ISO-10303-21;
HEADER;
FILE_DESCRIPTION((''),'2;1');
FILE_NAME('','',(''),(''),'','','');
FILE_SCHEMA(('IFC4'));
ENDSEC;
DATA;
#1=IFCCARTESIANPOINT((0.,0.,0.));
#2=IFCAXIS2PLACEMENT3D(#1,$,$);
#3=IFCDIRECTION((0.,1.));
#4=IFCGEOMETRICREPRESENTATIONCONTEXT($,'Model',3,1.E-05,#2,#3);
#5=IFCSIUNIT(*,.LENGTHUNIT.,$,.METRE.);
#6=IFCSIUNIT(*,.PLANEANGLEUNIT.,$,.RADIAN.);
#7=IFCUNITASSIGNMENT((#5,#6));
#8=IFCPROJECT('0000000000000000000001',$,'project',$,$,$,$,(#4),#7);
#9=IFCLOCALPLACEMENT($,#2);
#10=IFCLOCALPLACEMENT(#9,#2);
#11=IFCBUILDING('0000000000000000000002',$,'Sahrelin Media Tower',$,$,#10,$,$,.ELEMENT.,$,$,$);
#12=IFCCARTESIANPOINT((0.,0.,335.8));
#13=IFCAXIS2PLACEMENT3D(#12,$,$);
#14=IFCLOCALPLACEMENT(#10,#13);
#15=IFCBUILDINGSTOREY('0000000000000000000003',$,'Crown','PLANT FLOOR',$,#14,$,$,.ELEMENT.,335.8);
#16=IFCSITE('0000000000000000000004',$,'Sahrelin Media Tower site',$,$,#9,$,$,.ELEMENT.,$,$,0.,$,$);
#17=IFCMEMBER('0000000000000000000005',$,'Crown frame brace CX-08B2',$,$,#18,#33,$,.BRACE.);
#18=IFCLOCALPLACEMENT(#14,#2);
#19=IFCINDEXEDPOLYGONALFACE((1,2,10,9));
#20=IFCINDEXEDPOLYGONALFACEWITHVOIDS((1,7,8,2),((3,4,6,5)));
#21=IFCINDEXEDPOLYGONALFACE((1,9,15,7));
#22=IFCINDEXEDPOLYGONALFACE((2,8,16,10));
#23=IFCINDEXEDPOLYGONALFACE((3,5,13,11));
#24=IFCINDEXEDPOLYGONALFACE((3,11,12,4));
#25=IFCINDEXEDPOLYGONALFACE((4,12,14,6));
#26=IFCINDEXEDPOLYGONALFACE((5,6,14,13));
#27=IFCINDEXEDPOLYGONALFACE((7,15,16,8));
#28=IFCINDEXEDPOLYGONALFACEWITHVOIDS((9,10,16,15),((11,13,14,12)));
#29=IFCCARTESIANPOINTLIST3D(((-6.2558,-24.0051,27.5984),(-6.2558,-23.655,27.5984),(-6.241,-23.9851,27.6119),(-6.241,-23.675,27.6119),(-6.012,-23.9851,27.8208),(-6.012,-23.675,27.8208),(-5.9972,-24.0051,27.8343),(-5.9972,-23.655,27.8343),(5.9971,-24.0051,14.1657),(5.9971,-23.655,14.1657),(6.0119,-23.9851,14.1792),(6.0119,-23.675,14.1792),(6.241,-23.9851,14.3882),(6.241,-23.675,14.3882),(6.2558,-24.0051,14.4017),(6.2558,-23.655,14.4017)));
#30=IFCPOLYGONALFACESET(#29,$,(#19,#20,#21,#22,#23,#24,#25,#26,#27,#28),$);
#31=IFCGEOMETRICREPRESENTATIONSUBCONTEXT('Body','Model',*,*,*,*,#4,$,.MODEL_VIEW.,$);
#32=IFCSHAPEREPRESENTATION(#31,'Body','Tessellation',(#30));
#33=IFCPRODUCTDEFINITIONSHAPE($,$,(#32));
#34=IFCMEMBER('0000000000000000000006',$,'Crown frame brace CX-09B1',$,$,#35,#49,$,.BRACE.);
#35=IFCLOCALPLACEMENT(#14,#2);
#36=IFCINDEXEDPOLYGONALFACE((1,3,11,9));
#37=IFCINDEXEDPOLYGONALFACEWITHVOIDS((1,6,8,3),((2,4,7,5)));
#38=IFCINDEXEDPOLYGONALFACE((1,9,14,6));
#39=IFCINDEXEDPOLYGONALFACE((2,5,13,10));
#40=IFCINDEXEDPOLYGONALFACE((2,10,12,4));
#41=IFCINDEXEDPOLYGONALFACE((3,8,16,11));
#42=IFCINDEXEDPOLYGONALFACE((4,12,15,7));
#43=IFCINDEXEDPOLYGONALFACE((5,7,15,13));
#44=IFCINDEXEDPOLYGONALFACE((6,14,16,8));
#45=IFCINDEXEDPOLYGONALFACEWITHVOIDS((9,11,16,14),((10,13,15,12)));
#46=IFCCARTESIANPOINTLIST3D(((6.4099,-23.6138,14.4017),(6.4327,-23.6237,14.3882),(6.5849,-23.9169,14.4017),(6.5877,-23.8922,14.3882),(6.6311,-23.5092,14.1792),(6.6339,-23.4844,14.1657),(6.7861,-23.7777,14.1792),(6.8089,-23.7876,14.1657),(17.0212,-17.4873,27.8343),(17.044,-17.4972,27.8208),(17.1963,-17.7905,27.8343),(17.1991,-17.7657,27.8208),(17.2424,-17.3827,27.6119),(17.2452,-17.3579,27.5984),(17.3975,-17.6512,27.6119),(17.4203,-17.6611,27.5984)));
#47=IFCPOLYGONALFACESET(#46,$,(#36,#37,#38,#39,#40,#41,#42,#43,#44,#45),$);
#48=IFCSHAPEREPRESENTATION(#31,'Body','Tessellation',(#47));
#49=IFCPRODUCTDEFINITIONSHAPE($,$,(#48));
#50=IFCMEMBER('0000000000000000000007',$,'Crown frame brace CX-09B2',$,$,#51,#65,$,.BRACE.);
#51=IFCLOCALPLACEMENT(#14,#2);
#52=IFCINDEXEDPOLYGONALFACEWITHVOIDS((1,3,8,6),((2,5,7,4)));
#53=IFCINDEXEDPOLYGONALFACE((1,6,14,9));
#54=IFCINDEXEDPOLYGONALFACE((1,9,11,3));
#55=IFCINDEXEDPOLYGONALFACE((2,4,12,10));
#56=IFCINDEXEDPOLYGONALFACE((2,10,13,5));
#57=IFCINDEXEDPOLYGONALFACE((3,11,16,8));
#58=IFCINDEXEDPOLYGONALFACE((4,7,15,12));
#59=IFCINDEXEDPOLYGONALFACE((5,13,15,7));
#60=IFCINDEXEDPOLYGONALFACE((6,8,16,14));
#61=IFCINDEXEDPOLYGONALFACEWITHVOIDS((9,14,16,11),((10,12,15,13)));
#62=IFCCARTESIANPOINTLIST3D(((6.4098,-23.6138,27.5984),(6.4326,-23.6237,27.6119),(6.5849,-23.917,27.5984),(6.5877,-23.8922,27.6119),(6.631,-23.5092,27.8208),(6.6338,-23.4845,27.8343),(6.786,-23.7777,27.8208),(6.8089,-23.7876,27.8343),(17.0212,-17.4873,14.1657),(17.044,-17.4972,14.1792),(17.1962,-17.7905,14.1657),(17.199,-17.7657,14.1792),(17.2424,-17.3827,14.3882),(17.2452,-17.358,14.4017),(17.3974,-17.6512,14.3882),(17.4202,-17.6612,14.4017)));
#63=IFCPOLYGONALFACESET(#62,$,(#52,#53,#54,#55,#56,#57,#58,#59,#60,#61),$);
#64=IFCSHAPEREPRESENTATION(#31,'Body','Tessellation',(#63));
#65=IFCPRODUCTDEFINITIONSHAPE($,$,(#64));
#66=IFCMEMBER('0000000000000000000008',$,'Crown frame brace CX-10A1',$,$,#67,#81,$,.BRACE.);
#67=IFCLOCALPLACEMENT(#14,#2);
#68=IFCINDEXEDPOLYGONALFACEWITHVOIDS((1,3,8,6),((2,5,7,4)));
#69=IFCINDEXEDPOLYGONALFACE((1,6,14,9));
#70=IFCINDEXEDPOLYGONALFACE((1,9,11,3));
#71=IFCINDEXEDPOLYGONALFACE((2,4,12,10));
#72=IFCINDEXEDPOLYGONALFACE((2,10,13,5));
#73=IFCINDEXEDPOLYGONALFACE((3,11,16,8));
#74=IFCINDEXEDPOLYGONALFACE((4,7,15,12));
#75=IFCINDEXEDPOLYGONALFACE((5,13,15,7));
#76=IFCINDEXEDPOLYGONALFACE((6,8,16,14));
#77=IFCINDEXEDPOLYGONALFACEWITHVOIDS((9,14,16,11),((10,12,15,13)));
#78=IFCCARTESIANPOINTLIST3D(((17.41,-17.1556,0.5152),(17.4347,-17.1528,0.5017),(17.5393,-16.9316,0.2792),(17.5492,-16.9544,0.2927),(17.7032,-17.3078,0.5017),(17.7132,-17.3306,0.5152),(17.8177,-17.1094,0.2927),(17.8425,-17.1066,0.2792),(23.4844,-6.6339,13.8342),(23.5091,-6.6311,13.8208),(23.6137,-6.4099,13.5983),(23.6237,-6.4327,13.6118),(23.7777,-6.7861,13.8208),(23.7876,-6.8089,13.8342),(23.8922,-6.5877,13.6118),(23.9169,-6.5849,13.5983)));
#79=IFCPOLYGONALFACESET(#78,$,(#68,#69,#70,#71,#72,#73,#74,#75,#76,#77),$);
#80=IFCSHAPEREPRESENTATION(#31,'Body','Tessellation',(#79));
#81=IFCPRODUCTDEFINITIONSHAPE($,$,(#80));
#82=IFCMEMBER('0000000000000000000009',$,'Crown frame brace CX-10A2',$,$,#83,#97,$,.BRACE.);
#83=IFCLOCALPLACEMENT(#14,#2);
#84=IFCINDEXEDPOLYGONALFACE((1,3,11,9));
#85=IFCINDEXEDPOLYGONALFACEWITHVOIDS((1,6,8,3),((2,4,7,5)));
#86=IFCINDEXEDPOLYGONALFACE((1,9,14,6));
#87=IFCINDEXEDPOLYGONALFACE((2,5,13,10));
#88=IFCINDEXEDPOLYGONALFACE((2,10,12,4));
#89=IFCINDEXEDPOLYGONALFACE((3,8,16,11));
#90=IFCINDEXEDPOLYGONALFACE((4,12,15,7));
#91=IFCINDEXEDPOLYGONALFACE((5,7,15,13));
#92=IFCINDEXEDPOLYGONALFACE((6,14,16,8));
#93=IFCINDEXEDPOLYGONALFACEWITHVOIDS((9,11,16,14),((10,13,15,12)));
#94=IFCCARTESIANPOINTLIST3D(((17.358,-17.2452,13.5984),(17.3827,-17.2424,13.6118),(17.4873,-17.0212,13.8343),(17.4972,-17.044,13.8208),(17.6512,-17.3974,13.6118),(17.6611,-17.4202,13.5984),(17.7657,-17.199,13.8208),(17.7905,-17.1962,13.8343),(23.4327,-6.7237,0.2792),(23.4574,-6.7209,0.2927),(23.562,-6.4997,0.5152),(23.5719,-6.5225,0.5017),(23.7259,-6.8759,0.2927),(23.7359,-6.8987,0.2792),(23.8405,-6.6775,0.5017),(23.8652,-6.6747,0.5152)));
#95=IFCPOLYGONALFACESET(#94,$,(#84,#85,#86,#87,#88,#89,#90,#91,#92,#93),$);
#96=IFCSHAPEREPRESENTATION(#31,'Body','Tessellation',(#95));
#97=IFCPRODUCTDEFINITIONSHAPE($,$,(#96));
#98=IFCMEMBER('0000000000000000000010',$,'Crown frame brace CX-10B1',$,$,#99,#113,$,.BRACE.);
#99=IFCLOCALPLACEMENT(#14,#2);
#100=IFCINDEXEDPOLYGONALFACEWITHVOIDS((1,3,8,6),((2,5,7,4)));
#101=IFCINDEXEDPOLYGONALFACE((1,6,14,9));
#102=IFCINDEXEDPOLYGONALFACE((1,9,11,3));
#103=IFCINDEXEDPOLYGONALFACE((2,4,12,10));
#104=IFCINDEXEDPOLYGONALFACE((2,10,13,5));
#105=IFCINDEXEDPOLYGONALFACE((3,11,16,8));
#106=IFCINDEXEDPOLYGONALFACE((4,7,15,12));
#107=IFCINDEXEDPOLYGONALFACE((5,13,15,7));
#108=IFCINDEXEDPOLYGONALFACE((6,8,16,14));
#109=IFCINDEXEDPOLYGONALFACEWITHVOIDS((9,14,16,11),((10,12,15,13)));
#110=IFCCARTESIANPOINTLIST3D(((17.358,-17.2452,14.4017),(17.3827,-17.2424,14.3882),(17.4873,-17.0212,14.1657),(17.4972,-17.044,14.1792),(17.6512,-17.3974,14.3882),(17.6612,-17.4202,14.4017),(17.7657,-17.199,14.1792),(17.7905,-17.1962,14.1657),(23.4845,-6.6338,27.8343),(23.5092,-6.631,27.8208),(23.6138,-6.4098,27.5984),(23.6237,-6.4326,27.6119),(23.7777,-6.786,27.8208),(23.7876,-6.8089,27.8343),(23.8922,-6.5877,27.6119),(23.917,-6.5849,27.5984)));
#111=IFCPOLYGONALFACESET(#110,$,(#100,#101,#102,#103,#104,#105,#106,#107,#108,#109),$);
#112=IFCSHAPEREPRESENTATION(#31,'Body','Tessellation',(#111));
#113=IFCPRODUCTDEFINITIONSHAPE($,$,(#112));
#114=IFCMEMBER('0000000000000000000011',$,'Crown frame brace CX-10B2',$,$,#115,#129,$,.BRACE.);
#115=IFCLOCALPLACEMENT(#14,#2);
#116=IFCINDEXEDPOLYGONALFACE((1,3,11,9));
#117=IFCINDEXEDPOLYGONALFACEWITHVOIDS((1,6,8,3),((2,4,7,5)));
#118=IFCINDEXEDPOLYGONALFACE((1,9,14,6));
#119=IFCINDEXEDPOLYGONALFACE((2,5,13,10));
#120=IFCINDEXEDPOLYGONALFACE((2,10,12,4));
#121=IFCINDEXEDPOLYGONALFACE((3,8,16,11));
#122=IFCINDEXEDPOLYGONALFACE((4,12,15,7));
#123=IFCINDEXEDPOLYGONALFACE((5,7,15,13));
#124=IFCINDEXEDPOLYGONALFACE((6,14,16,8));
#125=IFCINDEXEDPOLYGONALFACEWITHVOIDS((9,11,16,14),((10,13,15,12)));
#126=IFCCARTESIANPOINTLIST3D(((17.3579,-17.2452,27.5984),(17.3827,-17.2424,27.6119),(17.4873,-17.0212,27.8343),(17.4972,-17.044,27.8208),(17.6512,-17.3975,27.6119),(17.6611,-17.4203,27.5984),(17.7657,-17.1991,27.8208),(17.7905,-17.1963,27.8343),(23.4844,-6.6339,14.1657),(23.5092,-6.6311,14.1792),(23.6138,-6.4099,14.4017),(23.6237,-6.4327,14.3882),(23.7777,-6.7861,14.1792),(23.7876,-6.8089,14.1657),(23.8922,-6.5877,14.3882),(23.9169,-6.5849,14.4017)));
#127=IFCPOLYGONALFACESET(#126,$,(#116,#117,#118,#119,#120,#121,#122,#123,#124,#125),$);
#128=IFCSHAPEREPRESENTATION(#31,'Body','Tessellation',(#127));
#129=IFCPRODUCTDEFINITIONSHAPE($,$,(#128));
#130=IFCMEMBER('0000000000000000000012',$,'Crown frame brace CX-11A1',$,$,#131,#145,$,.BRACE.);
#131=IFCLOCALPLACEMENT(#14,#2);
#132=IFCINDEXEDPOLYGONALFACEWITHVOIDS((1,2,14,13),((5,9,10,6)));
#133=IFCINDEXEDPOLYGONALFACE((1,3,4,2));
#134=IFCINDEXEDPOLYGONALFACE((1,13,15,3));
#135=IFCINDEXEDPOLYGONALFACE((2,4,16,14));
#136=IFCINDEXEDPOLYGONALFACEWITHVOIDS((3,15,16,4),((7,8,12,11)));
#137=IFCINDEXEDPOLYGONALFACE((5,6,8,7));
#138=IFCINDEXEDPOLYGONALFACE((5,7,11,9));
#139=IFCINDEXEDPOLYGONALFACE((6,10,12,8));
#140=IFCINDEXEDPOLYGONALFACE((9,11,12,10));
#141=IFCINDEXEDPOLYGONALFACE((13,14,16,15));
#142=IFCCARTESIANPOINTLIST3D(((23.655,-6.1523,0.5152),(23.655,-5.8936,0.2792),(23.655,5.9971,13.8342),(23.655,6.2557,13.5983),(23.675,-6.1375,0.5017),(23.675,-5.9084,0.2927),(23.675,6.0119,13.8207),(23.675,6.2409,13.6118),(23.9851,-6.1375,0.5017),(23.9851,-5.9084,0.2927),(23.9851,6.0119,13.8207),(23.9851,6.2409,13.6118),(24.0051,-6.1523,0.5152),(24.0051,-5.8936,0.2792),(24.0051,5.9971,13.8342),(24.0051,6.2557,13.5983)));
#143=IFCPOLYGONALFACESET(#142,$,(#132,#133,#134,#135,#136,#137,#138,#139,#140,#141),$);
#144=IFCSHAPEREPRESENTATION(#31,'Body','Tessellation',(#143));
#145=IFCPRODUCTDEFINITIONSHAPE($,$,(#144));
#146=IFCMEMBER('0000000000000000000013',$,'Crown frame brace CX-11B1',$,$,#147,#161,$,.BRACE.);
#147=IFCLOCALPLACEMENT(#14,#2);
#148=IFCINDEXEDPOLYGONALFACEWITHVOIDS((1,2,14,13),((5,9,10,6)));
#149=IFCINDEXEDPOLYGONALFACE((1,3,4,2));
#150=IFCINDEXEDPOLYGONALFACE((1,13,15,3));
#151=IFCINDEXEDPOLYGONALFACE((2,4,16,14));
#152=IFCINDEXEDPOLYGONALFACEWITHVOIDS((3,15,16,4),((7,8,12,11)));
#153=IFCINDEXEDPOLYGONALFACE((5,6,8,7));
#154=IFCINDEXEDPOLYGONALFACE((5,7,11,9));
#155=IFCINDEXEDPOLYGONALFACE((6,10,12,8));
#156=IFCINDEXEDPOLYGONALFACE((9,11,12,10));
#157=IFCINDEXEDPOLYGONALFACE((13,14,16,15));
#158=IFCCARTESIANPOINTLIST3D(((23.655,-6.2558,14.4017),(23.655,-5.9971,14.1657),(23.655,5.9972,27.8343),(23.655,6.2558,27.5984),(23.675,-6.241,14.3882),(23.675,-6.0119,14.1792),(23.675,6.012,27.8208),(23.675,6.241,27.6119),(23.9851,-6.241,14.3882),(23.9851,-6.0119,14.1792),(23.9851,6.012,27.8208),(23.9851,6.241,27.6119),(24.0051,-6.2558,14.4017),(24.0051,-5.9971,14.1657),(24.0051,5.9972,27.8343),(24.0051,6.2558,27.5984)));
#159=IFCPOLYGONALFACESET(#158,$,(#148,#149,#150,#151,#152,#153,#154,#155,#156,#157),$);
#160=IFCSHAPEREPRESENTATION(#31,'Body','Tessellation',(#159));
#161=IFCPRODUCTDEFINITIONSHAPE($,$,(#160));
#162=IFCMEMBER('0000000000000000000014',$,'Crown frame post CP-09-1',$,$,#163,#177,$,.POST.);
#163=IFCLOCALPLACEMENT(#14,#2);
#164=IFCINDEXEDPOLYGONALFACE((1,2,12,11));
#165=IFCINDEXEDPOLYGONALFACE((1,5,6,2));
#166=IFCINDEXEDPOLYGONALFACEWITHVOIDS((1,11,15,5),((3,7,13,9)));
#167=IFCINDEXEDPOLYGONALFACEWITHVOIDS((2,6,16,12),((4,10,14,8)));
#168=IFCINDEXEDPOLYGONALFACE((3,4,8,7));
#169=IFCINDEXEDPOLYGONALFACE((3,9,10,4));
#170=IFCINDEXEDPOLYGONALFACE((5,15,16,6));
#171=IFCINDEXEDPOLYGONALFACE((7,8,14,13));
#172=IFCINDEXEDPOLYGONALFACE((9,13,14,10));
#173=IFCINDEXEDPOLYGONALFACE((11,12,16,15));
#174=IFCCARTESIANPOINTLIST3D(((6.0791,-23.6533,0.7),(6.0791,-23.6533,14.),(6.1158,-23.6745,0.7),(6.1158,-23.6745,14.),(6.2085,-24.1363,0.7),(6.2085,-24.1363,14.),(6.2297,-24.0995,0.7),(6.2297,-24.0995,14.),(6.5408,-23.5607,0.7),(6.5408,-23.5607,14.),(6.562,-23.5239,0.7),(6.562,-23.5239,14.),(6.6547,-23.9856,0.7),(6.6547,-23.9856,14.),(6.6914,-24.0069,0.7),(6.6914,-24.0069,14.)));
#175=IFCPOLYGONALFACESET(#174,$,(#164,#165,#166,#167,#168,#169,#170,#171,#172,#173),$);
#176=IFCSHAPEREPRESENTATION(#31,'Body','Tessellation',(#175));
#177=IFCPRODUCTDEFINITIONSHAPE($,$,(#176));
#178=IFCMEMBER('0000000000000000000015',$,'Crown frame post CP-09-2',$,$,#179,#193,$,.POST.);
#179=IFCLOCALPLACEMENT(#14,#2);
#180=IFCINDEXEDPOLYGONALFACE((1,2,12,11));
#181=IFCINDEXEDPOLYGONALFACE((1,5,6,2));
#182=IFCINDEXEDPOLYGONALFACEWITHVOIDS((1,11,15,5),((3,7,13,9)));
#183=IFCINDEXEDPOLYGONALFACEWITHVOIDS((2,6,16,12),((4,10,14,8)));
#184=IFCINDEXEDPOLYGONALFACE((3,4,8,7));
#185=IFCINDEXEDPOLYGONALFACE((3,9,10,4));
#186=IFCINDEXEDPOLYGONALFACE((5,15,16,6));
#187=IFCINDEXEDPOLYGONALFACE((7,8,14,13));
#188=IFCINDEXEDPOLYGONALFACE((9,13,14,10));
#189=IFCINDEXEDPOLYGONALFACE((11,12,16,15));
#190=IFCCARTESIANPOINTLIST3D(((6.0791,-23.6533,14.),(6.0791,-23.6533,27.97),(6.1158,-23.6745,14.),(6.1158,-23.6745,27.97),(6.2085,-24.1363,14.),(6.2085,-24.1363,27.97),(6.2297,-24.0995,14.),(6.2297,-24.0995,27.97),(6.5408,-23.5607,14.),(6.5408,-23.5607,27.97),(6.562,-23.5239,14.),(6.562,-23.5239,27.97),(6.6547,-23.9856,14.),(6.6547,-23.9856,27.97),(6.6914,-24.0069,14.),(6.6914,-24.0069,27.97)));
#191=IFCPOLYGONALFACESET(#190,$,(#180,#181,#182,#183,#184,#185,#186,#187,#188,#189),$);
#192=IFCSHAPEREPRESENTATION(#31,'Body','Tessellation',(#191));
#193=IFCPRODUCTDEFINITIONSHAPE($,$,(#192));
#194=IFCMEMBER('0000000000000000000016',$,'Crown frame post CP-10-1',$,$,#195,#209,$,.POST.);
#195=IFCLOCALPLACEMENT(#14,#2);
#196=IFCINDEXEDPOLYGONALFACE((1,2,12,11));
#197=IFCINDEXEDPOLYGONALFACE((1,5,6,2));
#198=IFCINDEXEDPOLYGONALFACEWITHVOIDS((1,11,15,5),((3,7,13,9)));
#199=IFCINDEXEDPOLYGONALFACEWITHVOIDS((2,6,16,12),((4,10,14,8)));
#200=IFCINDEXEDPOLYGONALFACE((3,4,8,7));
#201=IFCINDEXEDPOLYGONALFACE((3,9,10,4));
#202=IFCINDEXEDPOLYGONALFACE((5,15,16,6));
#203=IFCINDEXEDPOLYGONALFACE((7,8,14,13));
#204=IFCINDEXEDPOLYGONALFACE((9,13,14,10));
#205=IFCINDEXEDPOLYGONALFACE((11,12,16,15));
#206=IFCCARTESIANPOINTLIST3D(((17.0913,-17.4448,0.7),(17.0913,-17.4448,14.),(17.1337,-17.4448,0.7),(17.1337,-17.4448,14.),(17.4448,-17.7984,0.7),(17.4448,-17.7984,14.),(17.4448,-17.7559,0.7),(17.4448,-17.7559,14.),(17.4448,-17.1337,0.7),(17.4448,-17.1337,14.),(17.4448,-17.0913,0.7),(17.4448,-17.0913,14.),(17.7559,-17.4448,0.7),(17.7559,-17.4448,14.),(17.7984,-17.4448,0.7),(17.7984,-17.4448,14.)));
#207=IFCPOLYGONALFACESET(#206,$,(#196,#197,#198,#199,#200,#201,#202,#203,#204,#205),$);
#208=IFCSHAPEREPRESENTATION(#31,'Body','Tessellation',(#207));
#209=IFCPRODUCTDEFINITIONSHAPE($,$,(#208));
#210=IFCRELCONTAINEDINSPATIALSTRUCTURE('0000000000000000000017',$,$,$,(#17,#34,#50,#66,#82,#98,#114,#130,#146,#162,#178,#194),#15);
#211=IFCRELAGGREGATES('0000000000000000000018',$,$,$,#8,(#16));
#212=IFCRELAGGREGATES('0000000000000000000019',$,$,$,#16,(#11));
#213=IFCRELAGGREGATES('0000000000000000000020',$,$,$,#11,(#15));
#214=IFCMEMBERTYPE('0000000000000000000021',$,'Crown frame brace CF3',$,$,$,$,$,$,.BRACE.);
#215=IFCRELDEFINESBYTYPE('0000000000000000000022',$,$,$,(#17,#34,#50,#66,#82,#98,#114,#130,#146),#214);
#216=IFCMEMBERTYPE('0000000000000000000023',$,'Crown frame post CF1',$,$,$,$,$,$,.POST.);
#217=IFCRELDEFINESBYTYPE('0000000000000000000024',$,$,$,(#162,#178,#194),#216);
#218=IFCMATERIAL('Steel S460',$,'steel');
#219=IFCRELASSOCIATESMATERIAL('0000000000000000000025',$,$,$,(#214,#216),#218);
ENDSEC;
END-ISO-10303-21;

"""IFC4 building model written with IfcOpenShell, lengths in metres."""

from ifc_helpers import new_model, si_unit, direction, frame, origin, origin_2d, place, context, subcontext, project, spatial, hollow_rectangle, extrude, material, material_profile, profile_set, type_object, element, save


model = new_model("IFC4")

# Units and contexts
model_context = context("Model", 3, precision=1e-05, world=origin(), true_north=direction((0.0, 1.0)))
body_context = subcontext(model_context, "Body", "Model", "MODEL_VIEW")
ifc_project = project(units=[si_unit("LENGTHUNIT", "METRE"), si_unit("PLANEANGLEUNIT", "RADIAN")], contexts=[model_context])

# Site, building, storey
site_placement = place(None, origin())
site = spatial("IfcSite", under=ifc_project, at=site_placement, Name="Sahrelin Media Tower site", CompositionType="ELEMENT", RefElevation=0.0)
building_placement = place(site_placement, origin())
building = spatial("IfcBuilding", under=site, at=building_placement, Name="Sahrelin Media Tower", CompositionType="ELEMENT")
storey_placement = place(building_placement, frame((0.0, 0.0, 335.8)))
storey = spatial("IfcBuildingStorey", under=building, at=storey_placement, Name="Crown", Description="PLANT FLOOR", CompositionType="ELEMENT", Elevation=335.8)

# Members
ifc_material_1 = material(Name="Steel S460", Category="steel")
ifc_material_profile_1 = material_profile(ifc_material_1, hollow_rectangle(XDim=0.3501, YDim=0.3501, WallThickness=0.02, at=origin_2d()), Name="Crown frame brace CF3")
ifc_profile_set_1 = profile_set([ifc_material_profile_1], Name="Steel S460")
member_type_1 = type_object("IfcMemberType", Name="Crown frame brace CF3", PredefinedType="BRACE", material=ifc_profile_set_1)
for number, where, z_axis, x_axis, name in (
    (1, (6.1265, -23.8301, 14.2837), (-0.67392, 0.0, 0.738804), (0.0, -1.0, 0.0), "Crown frame brace CX-08B2"),
    (2, (6.6094, -23.7007, 14.2837), (0.583631, 0.33696, 0.738805), (-0.500001, 0.866025, 0.0), "Crown frame brace CX-09B1"),
    (3, (17.2207, -17.5742, 14.2837), (-0.583631, -0.33696, 0.738805), (0.500001, -0.866025, 0.0), "Crown frame brace CX-09B2"),
):
    element("IfcMember", number, at=place(storey_placement, frame(where, z_axis=z_axis, x_axis=x_axis)), inside=storey, type_object=member_type_1, Name=name, PredefinedType="BRACE", context=body_context, shape_type="SweptSolid", body=[
        extrude(hollow_rectangle(XDim=0.3501, YDim=0.3501, WallThickness=0.02, at=origin_2d()), origin(), (0.0, 0.0, 1.0), 18.1816),
    ])
for number, where, z_axis, x_axis, name in (
    (4, (17.6262, -17.1311, 0.3972), (0.336948, 0.583637, 0.738806), (-0.866035, 0.499984, 0.0), "Crown frame brace CX-10A1"),
    (5, (23.6489, -6.6992, 0.3972), (-0.336963, -0.583625, 0.738808), (0.866021, -0.500008, 0.0), "Crown frame brace CX-10A2"),
):
    element("IfcMember", number, at=place(storey_placement, frame(where, z_axis=z_axis, x_axis=x_axis)), inside=storey, type_object=member_type_1, Name=name, PredefinedType="BRACE", context=body_context, shape_type="SweptSolid", body=[
        extrude(hollow_rectangle(XDim=0.3501, YDim=0.3501, WallThickness=0.02, at=origin_2d()), origin(), (0.0, 0.0, 1.0), 18.0278),
    ])
for number, where, z_axis, x_axis, name in (
    (6, (17.5742, -17.2207, 14.2837), (0.33696, 0.583631, 0.738805), (-0.866025, 0.500001, 0.0), "Crown frame brace CX-10B1"),
    (7, (23.7007, -6.6094, 14.2837), (-0.33696, -0.583631, 0.738805), (0.866025, -0.500001, 0.0), "Crown frame brace CX-10B2"),
):
    element("IfcMember", number, at=place(storey_placement, frame(where, z_axis=z_axis, x_axis=x_axis)), inside=storey, type_object=member_type_1, Name=name, PredefinedType="BRACE", context=body_context, shape_type="SweptSolid", body=[
        extrude(hollow_rectangle(XDim=0.3501, YDim=0.3501, WallThickness=0.02, at=origin_2d()), origin(), (0.0, 0.0, 1.0), 18.1816),
    ])
member_1_placement = place(storey_placement, frame((23.8301, -6.0229, 0.3972), z_axis=(0.0, 0.673922, 0.738803), x_axis=(-1.0, 0.0, 0.0)))
element("IfcMember", 8, at=member_1_placement, inside=storey, type_object=member_type_1, Name="Crown frame brace CX-11A1", PredefinedType="BRACE", context=body_context, shape_type="SweptSolid", body=[
    extrude(hollow_rectangle(XDim=0.3501, YDim=0.3501, WallThickness=0.02, at=origin_2d()), origin(), (0.0, 0.0, 1.0), 18.0278),
])
member_2_placement = place(storey_placement, frame((23.8301, -6.1265, 14.2837), z_axis=(0.0, 0.67392, 0.738804), x_axis=(-1.0, 0.0, 0.0)))
element("IfcMember", 9, at=member_2_placement, inside=storey, type_object=member_type_1, Name="Crown frame brace CX-11B1", PredefinedType="BRACE", context=body_context, shape_type="SweptSolid", body=[
    extrude(hollow_rectangle(XDim=0.3501, YDim=0.3501, WallThickness=0.02, at=origin_2d()), origin(), (0.0, 0.0, 1.0), 18.1816),
])
ifc_material_profile_2 = material_profile(ifc_material_1, hollow_rectangle(XDim=0.5, YDim=0.5, WallThickness=0.03, at=origin_2d()), Name="Crown frame post CF1")
ifc_profile_set_2 = profile_set([ifc_material_profile_2], Name="Steel S460")
member_type_2 = type_object("IfcMemberType", Name="Crown frame post CF1", PredefinedType="POST", material=ifc_profile_set_2)
member_3_placement = place(storey_placement, frame((6.3853, -23.8301, 0.7), z_axis=(0.0, 0.0, 1.0), x_axis=(0.258819, -0.965926, 0.0)))
element("IfcMember", 10, at=member_3_placement, inside=storey, type_object=member_type_2, Name="Crown frame post CP-09-1", PredefinedType="POST", context=body_context, shape_type="SweptSolid", body=[
    extrude(hollow_rectangle(XDim=0.5, YDim=0.5, WallThickness=0.03, at=origin_2d()), origin(), (0.0, 0.0, 1.0), 13.3),
])
member_4_placement = place(storey_placement, frame((6.3853, -23.8301, 14.0), z_axis=(0.0, 0.0, 1.0), x_axis=(0.258819, -0.965926, 0.0)))
element("IfcMember", 11, at=member_4_placement, inside=storey, type_object=member_type_2, Name="Crown frame post CP-09-2", PredefinedType="POST", context=body_context, shape_type="SweptSolid", body=[
    extrude(hollow_rectangle(XDim=0.5, YDim=0.5, WallThickness=0.03, at=origin_2d()), origin(), (0.0, 0.0, 1.0), 13.97),
])
member_5_placement = place(storey_placement, frame((17.4448, -17.4448, 0.7), z_axis=(0.0, 0.0, 1.0), x_axis=(0.707107, -0.707107, 0.0)))
element("IfcMember", 12, at=member_5_placement, inside=storey, type_object=member_type_2, Name="Crown frame post CP-10-1", PredefinedType="POST", context=body_context, shape_type="SweptSolid", body=[
    extrude(hollow_rectangle(XDim=0.5, YDim=0.5, WallThickness=0.03, at=origin_2d()), origin(), (0.0, 0.0, 1.0), 13.3),
])

save(model, "model.ifc")
